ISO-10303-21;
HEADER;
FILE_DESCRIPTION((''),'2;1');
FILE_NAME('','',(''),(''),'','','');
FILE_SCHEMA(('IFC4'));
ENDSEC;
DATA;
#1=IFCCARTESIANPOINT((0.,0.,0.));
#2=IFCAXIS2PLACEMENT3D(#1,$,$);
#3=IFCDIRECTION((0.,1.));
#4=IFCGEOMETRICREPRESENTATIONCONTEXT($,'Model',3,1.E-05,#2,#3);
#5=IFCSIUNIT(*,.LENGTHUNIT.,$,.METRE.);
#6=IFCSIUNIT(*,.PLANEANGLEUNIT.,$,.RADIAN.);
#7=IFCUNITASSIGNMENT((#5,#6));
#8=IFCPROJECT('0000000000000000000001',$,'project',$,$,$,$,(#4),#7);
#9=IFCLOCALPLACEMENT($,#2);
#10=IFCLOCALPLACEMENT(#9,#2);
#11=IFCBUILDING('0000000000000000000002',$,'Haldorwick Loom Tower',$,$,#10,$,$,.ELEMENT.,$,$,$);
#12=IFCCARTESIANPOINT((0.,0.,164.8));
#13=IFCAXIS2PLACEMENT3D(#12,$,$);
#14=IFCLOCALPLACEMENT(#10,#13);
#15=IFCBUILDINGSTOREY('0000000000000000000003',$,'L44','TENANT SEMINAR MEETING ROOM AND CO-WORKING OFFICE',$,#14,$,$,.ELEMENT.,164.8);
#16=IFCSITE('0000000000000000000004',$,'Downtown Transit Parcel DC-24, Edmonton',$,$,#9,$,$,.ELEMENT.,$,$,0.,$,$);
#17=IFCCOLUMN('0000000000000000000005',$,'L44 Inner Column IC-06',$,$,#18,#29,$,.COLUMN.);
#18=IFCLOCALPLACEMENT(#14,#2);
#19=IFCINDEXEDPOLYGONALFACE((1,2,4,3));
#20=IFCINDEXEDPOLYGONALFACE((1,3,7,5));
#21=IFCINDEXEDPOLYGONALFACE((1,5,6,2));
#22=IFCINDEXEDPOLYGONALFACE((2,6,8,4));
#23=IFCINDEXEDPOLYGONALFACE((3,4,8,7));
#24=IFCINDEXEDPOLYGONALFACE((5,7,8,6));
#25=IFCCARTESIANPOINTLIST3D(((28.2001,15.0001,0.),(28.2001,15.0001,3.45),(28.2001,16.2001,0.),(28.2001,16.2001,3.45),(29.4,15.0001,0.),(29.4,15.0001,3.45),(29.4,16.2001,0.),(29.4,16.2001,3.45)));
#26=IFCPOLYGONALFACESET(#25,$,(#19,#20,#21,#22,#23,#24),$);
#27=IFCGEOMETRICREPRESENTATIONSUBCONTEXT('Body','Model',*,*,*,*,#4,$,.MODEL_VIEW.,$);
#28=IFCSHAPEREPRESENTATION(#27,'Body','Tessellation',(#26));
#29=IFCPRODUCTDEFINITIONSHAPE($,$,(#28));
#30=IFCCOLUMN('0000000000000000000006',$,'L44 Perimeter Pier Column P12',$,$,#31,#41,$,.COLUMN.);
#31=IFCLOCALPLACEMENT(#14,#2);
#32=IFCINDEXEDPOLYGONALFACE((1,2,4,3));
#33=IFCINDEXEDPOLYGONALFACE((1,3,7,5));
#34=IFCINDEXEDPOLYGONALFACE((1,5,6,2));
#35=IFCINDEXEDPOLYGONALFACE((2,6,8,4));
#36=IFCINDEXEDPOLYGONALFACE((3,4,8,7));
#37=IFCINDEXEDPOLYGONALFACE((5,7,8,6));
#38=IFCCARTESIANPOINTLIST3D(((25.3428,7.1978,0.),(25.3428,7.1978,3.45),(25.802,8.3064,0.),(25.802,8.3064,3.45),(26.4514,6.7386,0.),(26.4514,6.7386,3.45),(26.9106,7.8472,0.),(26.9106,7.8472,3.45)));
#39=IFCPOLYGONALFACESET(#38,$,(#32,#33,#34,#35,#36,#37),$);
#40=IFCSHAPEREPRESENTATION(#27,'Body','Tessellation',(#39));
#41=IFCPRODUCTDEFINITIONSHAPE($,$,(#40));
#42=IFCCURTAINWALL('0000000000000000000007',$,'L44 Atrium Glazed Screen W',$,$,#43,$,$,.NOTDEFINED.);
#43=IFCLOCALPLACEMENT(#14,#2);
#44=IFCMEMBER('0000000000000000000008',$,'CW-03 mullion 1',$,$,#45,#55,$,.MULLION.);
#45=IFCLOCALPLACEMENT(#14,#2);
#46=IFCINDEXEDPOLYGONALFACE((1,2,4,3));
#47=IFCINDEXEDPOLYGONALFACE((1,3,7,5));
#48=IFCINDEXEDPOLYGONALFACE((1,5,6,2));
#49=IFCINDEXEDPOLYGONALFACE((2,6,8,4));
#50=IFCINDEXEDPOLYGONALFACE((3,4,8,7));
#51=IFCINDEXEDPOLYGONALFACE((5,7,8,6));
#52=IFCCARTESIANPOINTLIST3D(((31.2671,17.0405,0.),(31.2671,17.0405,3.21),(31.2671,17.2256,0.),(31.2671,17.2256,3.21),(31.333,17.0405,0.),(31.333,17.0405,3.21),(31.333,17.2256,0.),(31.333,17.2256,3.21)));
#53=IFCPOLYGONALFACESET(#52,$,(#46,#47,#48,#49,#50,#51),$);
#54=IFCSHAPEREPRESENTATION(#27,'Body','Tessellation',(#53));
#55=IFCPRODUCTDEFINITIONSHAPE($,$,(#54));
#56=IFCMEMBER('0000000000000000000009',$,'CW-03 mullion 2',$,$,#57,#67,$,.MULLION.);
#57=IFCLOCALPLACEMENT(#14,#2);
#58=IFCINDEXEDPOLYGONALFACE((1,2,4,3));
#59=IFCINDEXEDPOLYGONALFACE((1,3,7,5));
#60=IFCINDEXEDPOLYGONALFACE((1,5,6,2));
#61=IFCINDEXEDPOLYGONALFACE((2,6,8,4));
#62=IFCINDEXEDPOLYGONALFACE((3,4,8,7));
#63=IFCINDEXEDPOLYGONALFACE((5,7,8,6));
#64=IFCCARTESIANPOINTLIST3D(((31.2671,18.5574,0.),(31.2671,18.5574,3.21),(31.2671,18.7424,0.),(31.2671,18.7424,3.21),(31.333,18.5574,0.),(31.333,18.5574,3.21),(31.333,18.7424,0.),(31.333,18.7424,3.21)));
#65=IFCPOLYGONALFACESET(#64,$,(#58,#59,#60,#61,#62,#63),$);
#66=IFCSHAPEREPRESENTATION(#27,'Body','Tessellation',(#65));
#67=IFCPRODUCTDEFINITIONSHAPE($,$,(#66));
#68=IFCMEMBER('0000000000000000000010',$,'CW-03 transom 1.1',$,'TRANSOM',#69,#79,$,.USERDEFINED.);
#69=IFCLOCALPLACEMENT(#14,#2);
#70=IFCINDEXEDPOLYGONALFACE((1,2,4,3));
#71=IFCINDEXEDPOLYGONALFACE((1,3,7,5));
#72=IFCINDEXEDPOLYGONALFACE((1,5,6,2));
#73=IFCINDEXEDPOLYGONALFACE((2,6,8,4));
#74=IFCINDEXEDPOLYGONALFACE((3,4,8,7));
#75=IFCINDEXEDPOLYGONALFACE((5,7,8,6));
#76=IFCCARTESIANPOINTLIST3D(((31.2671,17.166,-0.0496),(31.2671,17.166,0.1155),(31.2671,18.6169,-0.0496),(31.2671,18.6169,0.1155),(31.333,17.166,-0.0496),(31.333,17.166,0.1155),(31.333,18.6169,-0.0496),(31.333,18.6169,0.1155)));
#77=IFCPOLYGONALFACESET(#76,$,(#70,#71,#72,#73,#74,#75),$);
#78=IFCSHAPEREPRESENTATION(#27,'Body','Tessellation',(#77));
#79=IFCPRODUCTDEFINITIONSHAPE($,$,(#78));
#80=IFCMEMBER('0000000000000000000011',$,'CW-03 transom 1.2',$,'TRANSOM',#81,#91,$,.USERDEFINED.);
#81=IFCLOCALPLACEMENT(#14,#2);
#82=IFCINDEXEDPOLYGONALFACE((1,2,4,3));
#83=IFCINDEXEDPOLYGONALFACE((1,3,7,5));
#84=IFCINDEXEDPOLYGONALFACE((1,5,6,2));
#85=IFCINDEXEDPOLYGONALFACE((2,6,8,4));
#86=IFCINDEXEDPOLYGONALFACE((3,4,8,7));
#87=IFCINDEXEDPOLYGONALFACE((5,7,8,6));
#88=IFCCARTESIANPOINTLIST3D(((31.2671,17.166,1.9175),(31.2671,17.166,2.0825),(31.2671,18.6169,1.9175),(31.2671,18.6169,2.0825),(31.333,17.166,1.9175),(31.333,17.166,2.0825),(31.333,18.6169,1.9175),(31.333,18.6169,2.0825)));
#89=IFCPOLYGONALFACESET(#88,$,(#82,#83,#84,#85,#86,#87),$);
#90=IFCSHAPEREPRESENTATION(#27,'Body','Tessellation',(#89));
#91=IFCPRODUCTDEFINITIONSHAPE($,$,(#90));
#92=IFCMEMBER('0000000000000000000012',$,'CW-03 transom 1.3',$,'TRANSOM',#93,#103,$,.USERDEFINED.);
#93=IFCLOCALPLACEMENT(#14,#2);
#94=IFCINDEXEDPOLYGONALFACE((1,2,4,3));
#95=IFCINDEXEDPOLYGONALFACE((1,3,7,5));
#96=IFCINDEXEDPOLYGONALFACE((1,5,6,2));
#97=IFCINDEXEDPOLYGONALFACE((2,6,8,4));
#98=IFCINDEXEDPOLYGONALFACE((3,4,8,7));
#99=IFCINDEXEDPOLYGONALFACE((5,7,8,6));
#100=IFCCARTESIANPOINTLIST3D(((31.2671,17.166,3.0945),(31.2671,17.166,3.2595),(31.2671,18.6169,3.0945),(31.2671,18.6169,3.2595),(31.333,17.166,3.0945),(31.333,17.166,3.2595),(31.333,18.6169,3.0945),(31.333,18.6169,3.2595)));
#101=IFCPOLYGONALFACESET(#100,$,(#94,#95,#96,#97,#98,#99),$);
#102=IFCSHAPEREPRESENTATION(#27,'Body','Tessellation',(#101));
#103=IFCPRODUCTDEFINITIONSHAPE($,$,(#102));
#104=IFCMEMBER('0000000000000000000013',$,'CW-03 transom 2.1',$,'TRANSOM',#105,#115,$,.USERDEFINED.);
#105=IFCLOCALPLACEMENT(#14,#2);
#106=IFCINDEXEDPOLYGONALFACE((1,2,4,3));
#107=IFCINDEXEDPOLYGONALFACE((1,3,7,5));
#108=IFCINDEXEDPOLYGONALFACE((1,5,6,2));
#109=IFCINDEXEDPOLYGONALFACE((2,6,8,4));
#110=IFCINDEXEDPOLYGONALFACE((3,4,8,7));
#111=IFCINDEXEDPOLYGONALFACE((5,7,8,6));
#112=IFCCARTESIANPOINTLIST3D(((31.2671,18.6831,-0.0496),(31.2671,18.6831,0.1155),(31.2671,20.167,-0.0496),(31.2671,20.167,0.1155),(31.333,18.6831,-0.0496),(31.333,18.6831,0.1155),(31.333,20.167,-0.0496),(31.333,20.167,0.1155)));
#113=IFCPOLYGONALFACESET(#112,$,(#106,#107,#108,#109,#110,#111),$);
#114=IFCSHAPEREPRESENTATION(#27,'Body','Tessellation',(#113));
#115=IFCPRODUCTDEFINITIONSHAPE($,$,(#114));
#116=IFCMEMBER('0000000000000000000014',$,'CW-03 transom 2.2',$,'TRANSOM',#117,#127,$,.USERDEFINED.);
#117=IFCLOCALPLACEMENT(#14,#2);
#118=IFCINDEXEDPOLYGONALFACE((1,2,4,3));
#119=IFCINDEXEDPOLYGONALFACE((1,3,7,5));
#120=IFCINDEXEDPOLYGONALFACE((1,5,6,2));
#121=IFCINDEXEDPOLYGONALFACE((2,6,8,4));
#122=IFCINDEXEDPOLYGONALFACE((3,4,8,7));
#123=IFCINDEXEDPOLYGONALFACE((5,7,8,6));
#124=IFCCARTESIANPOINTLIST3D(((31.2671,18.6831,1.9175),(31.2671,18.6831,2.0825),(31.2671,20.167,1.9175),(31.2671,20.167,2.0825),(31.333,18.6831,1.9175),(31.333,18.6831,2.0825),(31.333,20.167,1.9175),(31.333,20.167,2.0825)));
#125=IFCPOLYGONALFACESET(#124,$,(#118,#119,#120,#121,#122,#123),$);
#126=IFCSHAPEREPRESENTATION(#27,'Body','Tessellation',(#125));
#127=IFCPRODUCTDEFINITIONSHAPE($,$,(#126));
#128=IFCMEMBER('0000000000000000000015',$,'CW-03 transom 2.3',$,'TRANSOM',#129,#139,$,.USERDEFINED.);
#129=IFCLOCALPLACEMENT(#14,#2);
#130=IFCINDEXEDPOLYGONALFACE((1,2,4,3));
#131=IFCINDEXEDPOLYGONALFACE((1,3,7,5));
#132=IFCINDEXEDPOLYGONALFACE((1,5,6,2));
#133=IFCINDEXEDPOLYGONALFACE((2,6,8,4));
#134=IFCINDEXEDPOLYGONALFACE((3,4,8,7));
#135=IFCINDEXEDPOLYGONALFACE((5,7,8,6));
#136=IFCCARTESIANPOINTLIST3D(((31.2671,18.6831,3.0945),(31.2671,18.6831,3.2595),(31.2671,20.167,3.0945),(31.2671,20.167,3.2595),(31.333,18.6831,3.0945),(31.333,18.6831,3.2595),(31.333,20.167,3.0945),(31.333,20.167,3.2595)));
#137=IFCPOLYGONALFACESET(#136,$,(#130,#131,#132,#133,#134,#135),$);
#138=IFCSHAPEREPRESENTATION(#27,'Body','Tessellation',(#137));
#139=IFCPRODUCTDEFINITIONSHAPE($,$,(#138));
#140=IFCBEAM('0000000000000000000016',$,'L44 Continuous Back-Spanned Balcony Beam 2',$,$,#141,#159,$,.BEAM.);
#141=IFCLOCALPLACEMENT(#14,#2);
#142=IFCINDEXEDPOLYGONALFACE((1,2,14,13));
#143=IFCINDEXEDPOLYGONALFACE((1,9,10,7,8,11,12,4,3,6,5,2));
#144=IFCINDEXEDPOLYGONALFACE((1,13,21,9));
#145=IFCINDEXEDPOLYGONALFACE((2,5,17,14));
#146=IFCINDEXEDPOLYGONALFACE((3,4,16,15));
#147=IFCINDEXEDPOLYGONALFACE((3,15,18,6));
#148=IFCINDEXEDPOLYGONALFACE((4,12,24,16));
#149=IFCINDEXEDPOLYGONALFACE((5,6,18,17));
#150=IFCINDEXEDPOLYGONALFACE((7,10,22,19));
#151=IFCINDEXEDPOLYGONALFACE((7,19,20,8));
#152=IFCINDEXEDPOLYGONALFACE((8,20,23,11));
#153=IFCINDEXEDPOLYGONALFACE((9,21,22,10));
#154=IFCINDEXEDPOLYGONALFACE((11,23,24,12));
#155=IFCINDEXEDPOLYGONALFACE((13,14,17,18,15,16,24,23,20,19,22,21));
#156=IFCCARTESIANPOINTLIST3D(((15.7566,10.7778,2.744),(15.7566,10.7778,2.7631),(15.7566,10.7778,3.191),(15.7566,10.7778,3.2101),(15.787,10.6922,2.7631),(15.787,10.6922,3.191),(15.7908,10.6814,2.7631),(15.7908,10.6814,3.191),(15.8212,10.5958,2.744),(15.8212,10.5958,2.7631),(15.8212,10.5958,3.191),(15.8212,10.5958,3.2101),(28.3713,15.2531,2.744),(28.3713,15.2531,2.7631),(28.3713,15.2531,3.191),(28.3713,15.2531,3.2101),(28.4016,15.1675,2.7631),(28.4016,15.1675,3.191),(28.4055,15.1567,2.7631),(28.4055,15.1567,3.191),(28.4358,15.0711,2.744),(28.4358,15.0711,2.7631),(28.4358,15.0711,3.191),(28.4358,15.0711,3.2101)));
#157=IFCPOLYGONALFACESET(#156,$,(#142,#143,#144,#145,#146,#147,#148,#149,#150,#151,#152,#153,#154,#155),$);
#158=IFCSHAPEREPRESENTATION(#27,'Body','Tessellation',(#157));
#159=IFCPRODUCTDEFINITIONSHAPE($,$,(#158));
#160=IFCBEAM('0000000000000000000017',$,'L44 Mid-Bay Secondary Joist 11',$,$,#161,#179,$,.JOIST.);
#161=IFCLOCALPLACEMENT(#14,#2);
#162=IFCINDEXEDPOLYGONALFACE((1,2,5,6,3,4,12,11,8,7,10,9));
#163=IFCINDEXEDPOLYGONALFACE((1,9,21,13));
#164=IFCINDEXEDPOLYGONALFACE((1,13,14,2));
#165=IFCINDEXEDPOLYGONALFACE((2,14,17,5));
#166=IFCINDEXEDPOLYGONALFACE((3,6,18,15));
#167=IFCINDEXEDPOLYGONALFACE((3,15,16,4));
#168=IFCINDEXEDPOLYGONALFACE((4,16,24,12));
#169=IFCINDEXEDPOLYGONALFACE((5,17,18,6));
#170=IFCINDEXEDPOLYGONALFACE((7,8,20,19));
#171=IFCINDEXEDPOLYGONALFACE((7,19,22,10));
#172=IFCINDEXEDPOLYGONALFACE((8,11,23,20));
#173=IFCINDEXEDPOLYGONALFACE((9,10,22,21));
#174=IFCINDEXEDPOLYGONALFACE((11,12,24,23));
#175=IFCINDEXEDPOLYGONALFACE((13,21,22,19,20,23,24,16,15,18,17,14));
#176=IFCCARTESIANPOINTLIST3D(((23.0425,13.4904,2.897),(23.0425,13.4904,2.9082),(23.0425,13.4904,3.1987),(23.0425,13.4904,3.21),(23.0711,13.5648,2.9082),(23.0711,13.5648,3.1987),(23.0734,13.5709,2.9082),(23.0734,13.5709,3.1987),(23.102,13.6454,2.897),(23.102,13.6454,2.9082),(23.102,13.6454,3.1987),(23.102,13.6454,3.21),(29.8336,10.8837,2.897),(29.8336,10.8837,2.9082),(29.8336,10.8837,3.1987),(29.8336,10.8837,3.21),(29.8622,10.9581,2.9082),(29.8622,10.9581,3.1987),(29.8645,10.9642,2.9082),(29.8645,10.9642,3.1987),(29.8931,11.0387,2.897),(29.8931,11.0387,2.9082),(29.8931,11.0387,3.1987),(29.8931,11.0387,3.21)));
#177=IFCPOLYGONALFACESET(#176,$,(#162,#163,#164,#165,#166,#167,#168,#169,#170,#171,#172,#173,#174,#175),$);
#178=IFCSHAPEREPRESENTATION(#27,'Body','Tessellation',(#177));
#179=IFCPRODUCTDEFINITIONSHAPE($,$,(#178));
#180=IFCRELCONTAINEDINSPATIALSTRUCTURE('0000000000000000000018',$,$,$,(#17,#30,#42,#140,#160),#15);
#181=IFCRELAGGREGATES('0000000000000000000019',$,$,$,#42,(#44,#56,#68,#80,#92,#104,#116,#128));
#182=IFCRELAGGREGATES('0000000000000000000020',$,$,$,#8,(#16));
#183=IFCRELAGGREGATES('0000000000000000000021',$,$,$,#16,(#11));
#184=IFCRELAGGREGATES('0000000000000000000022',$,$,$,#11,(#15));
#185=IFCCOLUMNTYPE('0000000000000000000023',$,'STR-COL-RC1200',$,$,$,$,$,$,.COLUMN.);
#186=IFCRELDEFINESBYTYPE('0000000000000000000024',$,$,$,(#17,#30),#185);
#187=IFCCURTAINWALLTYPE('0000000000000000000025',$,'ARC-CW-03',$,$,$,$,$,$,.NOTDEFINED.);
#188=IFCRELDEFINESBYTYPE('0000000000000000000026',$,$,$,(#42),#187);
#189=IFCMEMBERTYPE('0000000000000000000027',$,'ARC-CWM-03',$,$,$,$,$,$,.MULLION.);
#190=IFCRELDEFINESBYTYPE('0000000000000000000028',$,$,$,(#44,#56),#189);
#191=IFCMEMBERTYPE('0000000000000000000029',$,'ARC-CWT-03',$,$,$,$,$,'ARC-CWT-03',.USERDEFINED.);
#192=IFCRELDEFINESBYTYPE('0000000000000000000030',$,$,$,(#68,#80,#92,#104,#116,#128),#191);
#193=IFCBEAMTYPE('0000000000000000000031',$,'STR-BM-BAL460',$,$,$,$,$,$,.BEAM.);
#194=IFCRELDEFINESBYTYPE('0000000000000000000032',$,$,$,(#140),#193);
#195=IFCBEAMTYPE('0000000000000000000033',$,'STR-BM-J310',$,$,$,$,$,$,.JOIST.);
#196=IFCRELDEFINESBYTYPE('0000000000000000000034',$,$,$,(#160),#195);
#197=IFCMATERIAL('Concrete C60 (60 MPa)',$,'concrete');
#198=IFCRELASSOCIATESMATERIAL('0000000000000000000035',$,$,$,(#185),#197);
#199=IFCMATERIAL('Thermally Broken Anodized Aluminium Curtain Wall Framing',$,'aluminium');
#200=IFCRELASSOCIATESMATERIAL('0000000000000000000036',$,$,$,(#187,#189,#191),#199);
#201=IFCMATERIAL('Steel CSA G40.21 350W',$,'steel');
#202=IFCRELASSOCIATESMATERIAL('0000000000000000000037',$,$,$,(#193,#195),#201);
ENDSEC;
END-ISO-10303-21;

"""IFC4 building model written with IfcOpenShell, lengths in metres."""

from ifc_helpers import new_model, si_unit, direction, frame, origin, origin_2d, place, context, subcontext, project, spatial, rectangle, i_section, extrude, material, material_profile, profile_set, type_object, element, aggregate, save


model = new_model("IFC4")

# Units and contexts
model_context = context("Model", 3, precision=1e-05, world=origin(), true_north=direction((0.0, 1.0)))
body_context = subcontext(model_context, "Body", "Model", "MODEL_VIEW")
ifc_project = project(units=[si_unit("LENGTHUNIT", "METRE"), si_unit("PLANEANGLEUNIT", "RADIAN")], contexts=[model_context])

# Site, building, storey
site_placement = place(None, origin())
site = spatial("IfcSite", under=ifc_project, at=site_placement, Name="Downtown Transit Parcel DC-24, Edmonton", CompositionType="ELEMENT", RefElevation=0.0)
building_placement = place(site_placement, origin())
building = spatial("IfcBuilding", under=site, at=building_placement, Name="Haldorwick Loom Tower", CompositionType="ELEMENT")
storey_placement = place(building_placement, frame((0.0, 0.0, 164.8)))
storey = spatial("IfcBuildingStorey", under=building, at=storey_placement, Name="L44", Description="TENANT SEMINAR MEETING ROOM AND CO-WORKING OFFICE", CompositionType="ELEMENT", Elevation=164.8)

# Columns
ifc_material_1 = material(Name="Concrete C60 (60 MPa)", Category="concrete")
ifc_material_profile_1 = material_profile(ifc_material_1, rectangle(XDim=1.2, YDim=1.2, at=origin_2d()), Name="RC1200X1200", Category="concrete")
ifc_profile_set_1 = profile_set([ifc_material_profile_1], Name="Concrete C60 (60 MPa)")
column_type = type_object("IfcColumnType", Name="STR-COL-RC1200", PredefinedType="COLUMN", material=ifc_profile_set_1)
for number, where, z_axis, x_axis, name in (
    (1, (28.8, 15.6001, 0.0), (0.0, 0.0, 1.0), (1.0, 0.0, 0.0), "L44 Inner Column IC-06"),
    (2, (26.1267, 7.5225, 0.0), (0.0, 0.0, 1.0), (-0.382683, -0.92388, 0.0), "L44 Perimeter Pier Column P12"),
):
    element("IfcColumn", number, at=place(storey_placement, frame(where, z_axis=z_axis, x_axis=x_axis)), inside=storey, type_object=column_type, Name=name, PredefinedType="COLUMN", context=body_context, shape_type="SweptSolid", body=[
        extrude(rectangle(XDim=1.2, YDim=1.2, at=origin_2d()), origin(), (0.0, 0.0, 1.0), 3.45),
    ])

# Curtain wall, members
ifc_material_2 = material(Name="Thermally Broken Anodized Aluminium Curtain Wall Framing", Category="aluminium")
curtain_wall_type = type_object("IfcCurtainWallType", Name="ARC-CW-03", PredefinedType="NOTDEFINED", material=ifc_material_2)
curtain_wall_placement = place(storey_placement, origin())
curtain_wall = element("IfcCurtainWall", 3, at=curtain_wall_placement, inside=storey, type_object=curtain_wall_type, Name="L44 Atrium Glazed Screen W", PredefinedType="NOTDEFINED")
ifc_material_profile_2 = material_profile(ifc_material_2, rectangle(XDim=0.0659, YDim=0.1851, at=origin_2d()), Name="ALU_MUL_66X185", Category="aluminium")
ifc_profile_set_2 = profile_set([ifc_material_profile_2], Name="Thermally Broken Anodized Aluminium Curtain Wall Framing")
member_type_1 = type_object("IfcMemberType", Name="ARC-CWM-03", PredefinedType="MULLION", material=ifc_profile_set_2)
member_1_placement = place(storey_placement, frame((31.3, 17.1331, 0.0), z_axis=(0.0, 0.0, 1.0), x_axis=(-1.0, 0.0, 0.0)))
member_1 = element("IfcMember", 4, at=member_1_placement, type_object=member_type_1, Name="CW-03 mullion 1", PredefinedType="MULLION", context=body_context, shape_type="SweptSolid", body=[
    extrude(rectangle(XDim=0.0659, YDim=0.1851, at=origin_2d()), origin(), (0.0, 0.0, 1.0), 3.21),
])
member_2_placement = place(storey_placement, frame((31.3, 18.6499, 0.0), z_axis=(0.0, 0.0, 1.0), x_axis=(-1.0, 0.0, 0.0)))
member_2 = element("IfcMember", 5, at=member_2_placement, type_object=member_type_1, Name="CW-03 mullion 2", PredefinedType="MULLION", context=body_context, shape_type="SweptSolid", body=[
    extrude(rectangle(XDim=0.0659, YDim=0.1851, at=origin_2d()), origin(), (0.0, 0.0, 1.0), 3.21),
])
ifc_material_profile_3 = material_profile(ifc_material_2, rectangle(XDim=0.0659, YDim=0.165, at=origin_2d()), Name="ALU_TRN_66X165", Category="aluminium")
ifc_profile_set_3 = profile_set([ifc_material_profile_3], Name="Thermally Broken Anodized Aluminium Curtain Wall Framing")
member_type_2 = type_object("IfcMemberType", Name="ARC-CWT-03", ElementType="ARC-CWT-03", PredefinedType="USERDEFINED", material=ifc_profile_set_3)
member_3_placement = place(storey_placement, frame((31.3, 17.166, 0.033), z_axis=(0.0, 1.0, 0.0), x_axis=(-1.0, 0.0, 0.0)))
member_3 = element("IfcMember", 6, at=member_3_placement, type_object=member_type_2, Name="CW-03 transom 1.1", ObjectType="TRANSOM", PredefinedType="USERDEFINED", context=body_context, shape_type="SweptSolid", body=[
    extrude(rectangle(XDim=0.0659, YDim=0.165, at=origin_2d()), origin(), (0.0, 0.0, 1.0), 1.4509),
])
member_4_placement = place(storey_placement, frame((31.3, 17.166, 2.0), z_axis=(0.0, 1.0, 0.0), x_axis=(-1.0, 0.0, 0.0)))
member_4 = element("IfcMember", 7, at=member_4_placement, type_object=member_type_2, Name="CW-03 transom 1.2", ObjectType="TRANSOM", PredefinedType="USERDEFINED", context=body_context, shape_type="SweptSolid", body=[
    extrude(rectangle(XDim=0.0659, YDim=0.165, at=origin_2d()), origin(), (0.0, 0.0, 1.0), 1.4509),
])
member_5_placement = place(storey_placement, frame((31.3, 17.166, 3.177), z_axis=(0.0, 1.0, 0.0), x_axis=(-1.0, 0.0, 0.0)))
member_5 = element("IfcMember", 8, at=member_5_placement, type_object=member_type_2, Name="CW-03 transom 1.3", ObjectType="TRANSOM", PredefinedType="USERDEFINED", context=body_context, shape_type="SweptSolid", body=[
    extrude(rectangle(XDim=0.0659, YDim=0.165, at=origin_2d()), origin(), (0.0, 0.0, 1.0), 1.4509),
])
member_6_placement = place(storey_placement, frame((31.3, 18.6831, 0.033), z_axis=(0.0, 1.0, 0.0), x_axis=(-1.0, 0.0, 0.0)))
member_6 = element("IfcMember", 9, at=member_6_placement, type_object=member_type_2, Name="CW-03 transom 2.1", ObjectType="TRANSOM", PredefinedType="USERDEFINED", context=body_context, shape_type="SweptSolid", body=[
    extrude(rectangle(XDim=0.0659, YDim=0.165, at=origin_2d()), origin(), (0.0, 0.0, 1.0), 1.4839),
])
member_7_placement = place(storey_placement, frame((31.3, 18.6831, 2.0), z_axis=(0.0, 1.0, 0.0), x_axis=(-1.0, 0.0, 0.0)))
member_7 = element("IfcMember", 10, at=member_7_placement, type_object=member_type_2, Name="CW-03 transom 2.2", ObjectType="TRANSOM", PredefinedType="USERDEFINED", context=body_context, shape_type="SweptSolid", body=[
    extrude(rectangle(XDim=0.0659, YDim=0.165, at=origin_2d()), origin(), (0.0, 0.0, 1.0), 1.4839),
])
member_8_placement = place(storey_placement, frame((31.3, 18.6831, 3.177), z_axis=(0.0, 1.0, 0.0), x_axis=(-1.0, 0.0, 0.0)))
member_8 = element("IfcMember", 11, at=member_8_placement, type_object=member_type_2, Name="CW-03 transom 2.3", ObjectType="TRANSOM", PredefinedType="USERDEFINED", context=body_context, shape_type="SweptSolid", body=[
    extrude(rectangle(XDim=0.0659, YDim=0.165, at=origin_2d()), origin(), (0.0, 0.0, 1.0), 1.4839),
])

# Beams
ifc_material_3 = material(Name="Steel CSA G40.21 350W", Category="steel")
ifc_material_profile_4 = material_profile(ifc_material_3, i_section(OverallWidth=0.1931, OverallDepth=0.4661, WebThickness=0.0115, FlangeThickness=0.019, at=origin_2d()), Name="W460X97", Category="steel")
ifc_profile_set_4 = profile_set([ifc_material_profile_4], Name="Steel CSA G40.21 350W")
beam_type_1 = type_object("IfcBeamType", Name="STR-BM-BAL460", PredefinedType="BEAM", material=ifc_profile_set_4)
beam_1_placement = place(storey_placement, frame((28.4036, 15.1621, 2.9771), z_axis=(-0.942448, -0.334353, 0.0), x_axis=(0.334353, -0.942448, 0.0)))
element("IfcBeam", 12, at=beam_1_placement, inside=storey, type_object=beam_type_1, Name="L44 Continuous Back-Spanned Balcony Beam 2", PredefinedType="BEAM", context=body_context, shape_type="SweptSolid", body=[
    extrude(i_section(OverallWidth=0.1931, OverallDepth=0.4661, WebThickness=0.0115, FlangeThickness=0.019, at=origin_2d()), origin(), (0.0, 0.0, 1.0), 13.385),
])
ifc_material_profile_5 = material_profile(ifc_material_3, i_section(OverallWidth=0.166, OverallDepth=0.313, WebThickness=0.0066, FlangeThickness=0.0112, at=origin_2d()), Name="W310X45", Category="steel")
ifc_profile_set_5 = profile_set([ifc_material_profile_5], Name="Steel CSA G40.21 350W")
beam_type_2 = type_object("IfcBeamType", Name="STR-BM-J310", PredefinedType="JOIST", material=ifc_profile_set_5)
beam_2_placement = place(storey_placement, frame((23.0723, 13.5679, 3.0535), z_axis=(0.933587, -0.358352, 0.0), x_axis=(0.358352, 0.933587, 0.0)))
element("IfcBeam", 13, at=beam_2_placement, inside=storey, type_object=beam_type_2, Name="L44 Mid-Bay Secondary Joist 11", PredefinedType="JOIST", context=body_context, shape_type="SweptSolid", body=[
    extrude(i_section(OverallWidth=0.166, OverallDepth=0.313, WebThickness=0.0066, FlangeThickness=0.0112, at=origin_2d()), origin(), (0.0, 0.0, 1.0), 7.2742),
])

aggregate(curtain_wall, [member_1, member_2, member_3, member_4, member_5, member_6, member_7, member_8])

save(model, "model.ifc")
